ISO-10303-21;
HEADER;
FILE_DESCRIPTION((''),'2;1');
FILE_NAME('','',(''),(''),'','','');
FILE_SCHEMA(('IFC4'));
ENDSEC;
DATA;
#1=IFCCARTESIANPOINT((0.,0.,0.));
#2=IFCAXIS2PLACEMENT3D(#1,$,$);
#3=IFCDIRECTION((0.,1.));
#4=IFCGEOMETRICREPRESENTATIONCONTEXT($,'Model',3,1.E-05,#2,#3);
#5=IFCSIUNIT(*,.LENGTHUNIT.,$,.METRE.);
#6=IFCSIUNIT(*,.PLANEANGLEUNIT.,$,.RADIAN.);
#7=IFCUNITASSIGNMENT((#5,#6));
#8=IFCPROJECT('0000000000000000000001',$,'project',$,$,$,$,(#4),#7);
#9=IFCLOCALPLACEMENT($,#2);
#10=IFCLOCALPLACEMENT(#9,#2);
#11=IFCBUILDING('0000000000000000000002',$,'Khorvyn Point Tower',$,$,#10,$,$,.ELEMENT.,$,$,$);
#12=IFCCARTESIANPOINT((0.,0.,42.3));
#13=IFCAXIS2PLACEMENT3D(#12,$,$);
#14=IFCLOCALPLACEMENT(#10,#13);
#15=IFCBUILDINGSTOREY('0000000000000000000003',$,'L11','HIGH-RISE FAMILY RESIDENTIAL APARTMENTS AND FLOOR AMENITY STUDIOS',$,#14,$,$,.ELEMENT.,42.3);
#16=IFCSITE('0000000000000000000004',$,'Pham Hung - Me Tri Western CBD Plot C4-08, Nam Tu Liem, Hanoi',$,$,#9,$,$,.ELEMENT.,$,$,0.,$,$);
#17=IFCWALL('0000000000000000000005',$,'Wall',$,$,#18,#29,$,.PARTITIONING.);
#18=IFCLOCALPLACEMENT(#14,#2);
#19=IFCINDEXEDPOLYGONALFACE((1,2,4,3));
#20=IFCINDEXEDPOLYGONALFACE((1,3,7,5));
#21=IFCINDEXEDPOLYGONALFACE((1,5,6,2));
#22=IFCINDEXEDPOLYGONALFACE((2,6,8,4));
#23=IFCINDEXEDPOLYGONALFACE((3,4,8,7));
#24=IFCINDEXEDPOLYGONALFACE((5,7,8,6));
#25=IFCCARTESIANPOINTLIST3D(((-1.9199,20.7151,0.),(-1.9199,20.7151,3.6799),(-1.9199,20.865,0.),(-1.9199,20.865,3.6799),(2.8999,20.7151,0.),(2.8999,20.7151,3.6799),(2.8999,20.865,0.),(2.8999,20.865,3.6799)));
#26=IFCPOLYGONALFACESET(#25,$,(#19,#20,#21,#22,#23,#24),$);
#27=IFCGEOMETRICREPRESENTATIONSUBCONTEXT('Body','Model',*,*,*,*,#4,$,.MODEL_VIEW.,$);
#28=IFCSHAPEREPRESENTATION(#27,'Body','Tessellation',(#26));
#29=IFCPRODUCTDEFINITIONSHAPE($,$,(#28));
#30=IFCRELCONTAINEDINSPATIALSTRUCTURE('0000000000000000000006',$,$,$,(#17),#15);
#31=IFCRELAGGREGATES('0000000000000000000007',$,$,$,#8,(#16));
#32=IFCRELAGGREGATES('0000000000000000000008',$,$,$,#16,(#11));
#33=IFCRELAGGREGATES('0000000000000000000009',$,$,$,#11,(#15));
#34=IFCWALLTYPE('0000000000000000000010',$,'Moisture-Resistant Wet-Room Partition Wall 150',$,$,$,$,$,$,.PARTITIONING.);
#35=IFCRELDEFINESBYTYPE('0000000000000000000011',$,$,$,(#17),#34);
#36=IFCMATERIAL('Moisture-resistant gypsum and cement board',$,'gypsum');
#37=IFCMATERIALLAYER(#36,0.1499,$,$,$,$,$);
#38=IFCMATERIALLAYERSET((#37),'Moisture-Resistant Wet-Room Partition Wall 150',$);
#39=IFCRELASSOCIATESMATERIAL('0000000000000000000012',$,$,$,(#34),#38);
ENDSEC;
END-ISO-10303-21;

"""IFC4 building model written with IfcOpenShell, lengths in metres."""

from ifc_helpers import new_model, si_unit, direction, frame, frame_2d, origin, place, context, subcontext, project, spatial, rectangle, extrude, material, layer, layer_set, type_object, element, save


model = new_model("IFC4")

# Units and contexts
model_context = context("Model", 3, precision=1e-05, world=origin(), true_north=direction((0.0, 1.0)))
body_context = subcontext(model_context, "Body", "Model", "MODEL_VIEW")
ifc_project = project(units=[si_unit("LENGTHUNIT", "METRE"), si_unit("PLANEANGLEUNIT", "RADIAN")], contexts=[model_context])

# Site, building, storey
site_placement = place(None, origin())
site = spatial("IfcSite", under=ifc_project, at=site_placement, Name="Pham Hung - Me Tri Western CBD Plot C4-08, Nam Tu Liem, Hanoi", CompositionType="ELEMENT", RefElevation=0.0)
building_placement = place(site_placement, origin())
building = spatial("IfcBuilding", under=site, at=building_placement, Name="Khorvyn Point Tower", CompositionType="ELEMENT")
storey_placement = place(building_placement, frame((0.0, 0.0, 42.3)))
storey = spatial("IfcBuildingStorey", under=building, at=storey_placement, Name="L11", Description="HIGH-RISE FAMILY RESIDENTIAL APARTMENTS AND FLOOR AMENITY STUDIOS", CompositionType="ELEMENT", Elevation=42.3)

# Shared definitions
ifc_material_1 = material(Name="Moisture-resistant gypsum and cement board", Category="gypsum")
ifc_layer_1 = layer(ifc_material_1, 0.1499)
ifc_layer_set_1 = layer_set([ifc_layer_1], Name="Moisture-Resistant Wet-Room Partition Wall 150")
wall_type_1 = type_object("IfcWallType", Name="Moisture-Resistant Wet-Room Partition Wall 150", PredefinedType="PARTITIONING", material=ifc_layer_set_1)

# Wall
for number, where, z_axis, x_axis, name in (
    (1, (-1.9199, 20.79, 0.0), (0.0, 0.0, 1.0), (1.0, 0.0, 0.0), "Wall"),
):
    element("IfcWall", number, at=place(storey_placement, frame(where, z_axis=z_axis, x_axis=x_axis)), inside=storey, type_object=wall_type_1, Name=name, PredefinedType="PARTITIONING", context=body_context, shape_type="SweptSolid", body=[
        extrude(rectangle(XDim=4.8198, YDim=0.1499, at=frame_2d((2.4099, 0.0))), origin(), (0.0, 0.0, 1.0), 3.6799),
    ])

save(model, "model.ifc")
